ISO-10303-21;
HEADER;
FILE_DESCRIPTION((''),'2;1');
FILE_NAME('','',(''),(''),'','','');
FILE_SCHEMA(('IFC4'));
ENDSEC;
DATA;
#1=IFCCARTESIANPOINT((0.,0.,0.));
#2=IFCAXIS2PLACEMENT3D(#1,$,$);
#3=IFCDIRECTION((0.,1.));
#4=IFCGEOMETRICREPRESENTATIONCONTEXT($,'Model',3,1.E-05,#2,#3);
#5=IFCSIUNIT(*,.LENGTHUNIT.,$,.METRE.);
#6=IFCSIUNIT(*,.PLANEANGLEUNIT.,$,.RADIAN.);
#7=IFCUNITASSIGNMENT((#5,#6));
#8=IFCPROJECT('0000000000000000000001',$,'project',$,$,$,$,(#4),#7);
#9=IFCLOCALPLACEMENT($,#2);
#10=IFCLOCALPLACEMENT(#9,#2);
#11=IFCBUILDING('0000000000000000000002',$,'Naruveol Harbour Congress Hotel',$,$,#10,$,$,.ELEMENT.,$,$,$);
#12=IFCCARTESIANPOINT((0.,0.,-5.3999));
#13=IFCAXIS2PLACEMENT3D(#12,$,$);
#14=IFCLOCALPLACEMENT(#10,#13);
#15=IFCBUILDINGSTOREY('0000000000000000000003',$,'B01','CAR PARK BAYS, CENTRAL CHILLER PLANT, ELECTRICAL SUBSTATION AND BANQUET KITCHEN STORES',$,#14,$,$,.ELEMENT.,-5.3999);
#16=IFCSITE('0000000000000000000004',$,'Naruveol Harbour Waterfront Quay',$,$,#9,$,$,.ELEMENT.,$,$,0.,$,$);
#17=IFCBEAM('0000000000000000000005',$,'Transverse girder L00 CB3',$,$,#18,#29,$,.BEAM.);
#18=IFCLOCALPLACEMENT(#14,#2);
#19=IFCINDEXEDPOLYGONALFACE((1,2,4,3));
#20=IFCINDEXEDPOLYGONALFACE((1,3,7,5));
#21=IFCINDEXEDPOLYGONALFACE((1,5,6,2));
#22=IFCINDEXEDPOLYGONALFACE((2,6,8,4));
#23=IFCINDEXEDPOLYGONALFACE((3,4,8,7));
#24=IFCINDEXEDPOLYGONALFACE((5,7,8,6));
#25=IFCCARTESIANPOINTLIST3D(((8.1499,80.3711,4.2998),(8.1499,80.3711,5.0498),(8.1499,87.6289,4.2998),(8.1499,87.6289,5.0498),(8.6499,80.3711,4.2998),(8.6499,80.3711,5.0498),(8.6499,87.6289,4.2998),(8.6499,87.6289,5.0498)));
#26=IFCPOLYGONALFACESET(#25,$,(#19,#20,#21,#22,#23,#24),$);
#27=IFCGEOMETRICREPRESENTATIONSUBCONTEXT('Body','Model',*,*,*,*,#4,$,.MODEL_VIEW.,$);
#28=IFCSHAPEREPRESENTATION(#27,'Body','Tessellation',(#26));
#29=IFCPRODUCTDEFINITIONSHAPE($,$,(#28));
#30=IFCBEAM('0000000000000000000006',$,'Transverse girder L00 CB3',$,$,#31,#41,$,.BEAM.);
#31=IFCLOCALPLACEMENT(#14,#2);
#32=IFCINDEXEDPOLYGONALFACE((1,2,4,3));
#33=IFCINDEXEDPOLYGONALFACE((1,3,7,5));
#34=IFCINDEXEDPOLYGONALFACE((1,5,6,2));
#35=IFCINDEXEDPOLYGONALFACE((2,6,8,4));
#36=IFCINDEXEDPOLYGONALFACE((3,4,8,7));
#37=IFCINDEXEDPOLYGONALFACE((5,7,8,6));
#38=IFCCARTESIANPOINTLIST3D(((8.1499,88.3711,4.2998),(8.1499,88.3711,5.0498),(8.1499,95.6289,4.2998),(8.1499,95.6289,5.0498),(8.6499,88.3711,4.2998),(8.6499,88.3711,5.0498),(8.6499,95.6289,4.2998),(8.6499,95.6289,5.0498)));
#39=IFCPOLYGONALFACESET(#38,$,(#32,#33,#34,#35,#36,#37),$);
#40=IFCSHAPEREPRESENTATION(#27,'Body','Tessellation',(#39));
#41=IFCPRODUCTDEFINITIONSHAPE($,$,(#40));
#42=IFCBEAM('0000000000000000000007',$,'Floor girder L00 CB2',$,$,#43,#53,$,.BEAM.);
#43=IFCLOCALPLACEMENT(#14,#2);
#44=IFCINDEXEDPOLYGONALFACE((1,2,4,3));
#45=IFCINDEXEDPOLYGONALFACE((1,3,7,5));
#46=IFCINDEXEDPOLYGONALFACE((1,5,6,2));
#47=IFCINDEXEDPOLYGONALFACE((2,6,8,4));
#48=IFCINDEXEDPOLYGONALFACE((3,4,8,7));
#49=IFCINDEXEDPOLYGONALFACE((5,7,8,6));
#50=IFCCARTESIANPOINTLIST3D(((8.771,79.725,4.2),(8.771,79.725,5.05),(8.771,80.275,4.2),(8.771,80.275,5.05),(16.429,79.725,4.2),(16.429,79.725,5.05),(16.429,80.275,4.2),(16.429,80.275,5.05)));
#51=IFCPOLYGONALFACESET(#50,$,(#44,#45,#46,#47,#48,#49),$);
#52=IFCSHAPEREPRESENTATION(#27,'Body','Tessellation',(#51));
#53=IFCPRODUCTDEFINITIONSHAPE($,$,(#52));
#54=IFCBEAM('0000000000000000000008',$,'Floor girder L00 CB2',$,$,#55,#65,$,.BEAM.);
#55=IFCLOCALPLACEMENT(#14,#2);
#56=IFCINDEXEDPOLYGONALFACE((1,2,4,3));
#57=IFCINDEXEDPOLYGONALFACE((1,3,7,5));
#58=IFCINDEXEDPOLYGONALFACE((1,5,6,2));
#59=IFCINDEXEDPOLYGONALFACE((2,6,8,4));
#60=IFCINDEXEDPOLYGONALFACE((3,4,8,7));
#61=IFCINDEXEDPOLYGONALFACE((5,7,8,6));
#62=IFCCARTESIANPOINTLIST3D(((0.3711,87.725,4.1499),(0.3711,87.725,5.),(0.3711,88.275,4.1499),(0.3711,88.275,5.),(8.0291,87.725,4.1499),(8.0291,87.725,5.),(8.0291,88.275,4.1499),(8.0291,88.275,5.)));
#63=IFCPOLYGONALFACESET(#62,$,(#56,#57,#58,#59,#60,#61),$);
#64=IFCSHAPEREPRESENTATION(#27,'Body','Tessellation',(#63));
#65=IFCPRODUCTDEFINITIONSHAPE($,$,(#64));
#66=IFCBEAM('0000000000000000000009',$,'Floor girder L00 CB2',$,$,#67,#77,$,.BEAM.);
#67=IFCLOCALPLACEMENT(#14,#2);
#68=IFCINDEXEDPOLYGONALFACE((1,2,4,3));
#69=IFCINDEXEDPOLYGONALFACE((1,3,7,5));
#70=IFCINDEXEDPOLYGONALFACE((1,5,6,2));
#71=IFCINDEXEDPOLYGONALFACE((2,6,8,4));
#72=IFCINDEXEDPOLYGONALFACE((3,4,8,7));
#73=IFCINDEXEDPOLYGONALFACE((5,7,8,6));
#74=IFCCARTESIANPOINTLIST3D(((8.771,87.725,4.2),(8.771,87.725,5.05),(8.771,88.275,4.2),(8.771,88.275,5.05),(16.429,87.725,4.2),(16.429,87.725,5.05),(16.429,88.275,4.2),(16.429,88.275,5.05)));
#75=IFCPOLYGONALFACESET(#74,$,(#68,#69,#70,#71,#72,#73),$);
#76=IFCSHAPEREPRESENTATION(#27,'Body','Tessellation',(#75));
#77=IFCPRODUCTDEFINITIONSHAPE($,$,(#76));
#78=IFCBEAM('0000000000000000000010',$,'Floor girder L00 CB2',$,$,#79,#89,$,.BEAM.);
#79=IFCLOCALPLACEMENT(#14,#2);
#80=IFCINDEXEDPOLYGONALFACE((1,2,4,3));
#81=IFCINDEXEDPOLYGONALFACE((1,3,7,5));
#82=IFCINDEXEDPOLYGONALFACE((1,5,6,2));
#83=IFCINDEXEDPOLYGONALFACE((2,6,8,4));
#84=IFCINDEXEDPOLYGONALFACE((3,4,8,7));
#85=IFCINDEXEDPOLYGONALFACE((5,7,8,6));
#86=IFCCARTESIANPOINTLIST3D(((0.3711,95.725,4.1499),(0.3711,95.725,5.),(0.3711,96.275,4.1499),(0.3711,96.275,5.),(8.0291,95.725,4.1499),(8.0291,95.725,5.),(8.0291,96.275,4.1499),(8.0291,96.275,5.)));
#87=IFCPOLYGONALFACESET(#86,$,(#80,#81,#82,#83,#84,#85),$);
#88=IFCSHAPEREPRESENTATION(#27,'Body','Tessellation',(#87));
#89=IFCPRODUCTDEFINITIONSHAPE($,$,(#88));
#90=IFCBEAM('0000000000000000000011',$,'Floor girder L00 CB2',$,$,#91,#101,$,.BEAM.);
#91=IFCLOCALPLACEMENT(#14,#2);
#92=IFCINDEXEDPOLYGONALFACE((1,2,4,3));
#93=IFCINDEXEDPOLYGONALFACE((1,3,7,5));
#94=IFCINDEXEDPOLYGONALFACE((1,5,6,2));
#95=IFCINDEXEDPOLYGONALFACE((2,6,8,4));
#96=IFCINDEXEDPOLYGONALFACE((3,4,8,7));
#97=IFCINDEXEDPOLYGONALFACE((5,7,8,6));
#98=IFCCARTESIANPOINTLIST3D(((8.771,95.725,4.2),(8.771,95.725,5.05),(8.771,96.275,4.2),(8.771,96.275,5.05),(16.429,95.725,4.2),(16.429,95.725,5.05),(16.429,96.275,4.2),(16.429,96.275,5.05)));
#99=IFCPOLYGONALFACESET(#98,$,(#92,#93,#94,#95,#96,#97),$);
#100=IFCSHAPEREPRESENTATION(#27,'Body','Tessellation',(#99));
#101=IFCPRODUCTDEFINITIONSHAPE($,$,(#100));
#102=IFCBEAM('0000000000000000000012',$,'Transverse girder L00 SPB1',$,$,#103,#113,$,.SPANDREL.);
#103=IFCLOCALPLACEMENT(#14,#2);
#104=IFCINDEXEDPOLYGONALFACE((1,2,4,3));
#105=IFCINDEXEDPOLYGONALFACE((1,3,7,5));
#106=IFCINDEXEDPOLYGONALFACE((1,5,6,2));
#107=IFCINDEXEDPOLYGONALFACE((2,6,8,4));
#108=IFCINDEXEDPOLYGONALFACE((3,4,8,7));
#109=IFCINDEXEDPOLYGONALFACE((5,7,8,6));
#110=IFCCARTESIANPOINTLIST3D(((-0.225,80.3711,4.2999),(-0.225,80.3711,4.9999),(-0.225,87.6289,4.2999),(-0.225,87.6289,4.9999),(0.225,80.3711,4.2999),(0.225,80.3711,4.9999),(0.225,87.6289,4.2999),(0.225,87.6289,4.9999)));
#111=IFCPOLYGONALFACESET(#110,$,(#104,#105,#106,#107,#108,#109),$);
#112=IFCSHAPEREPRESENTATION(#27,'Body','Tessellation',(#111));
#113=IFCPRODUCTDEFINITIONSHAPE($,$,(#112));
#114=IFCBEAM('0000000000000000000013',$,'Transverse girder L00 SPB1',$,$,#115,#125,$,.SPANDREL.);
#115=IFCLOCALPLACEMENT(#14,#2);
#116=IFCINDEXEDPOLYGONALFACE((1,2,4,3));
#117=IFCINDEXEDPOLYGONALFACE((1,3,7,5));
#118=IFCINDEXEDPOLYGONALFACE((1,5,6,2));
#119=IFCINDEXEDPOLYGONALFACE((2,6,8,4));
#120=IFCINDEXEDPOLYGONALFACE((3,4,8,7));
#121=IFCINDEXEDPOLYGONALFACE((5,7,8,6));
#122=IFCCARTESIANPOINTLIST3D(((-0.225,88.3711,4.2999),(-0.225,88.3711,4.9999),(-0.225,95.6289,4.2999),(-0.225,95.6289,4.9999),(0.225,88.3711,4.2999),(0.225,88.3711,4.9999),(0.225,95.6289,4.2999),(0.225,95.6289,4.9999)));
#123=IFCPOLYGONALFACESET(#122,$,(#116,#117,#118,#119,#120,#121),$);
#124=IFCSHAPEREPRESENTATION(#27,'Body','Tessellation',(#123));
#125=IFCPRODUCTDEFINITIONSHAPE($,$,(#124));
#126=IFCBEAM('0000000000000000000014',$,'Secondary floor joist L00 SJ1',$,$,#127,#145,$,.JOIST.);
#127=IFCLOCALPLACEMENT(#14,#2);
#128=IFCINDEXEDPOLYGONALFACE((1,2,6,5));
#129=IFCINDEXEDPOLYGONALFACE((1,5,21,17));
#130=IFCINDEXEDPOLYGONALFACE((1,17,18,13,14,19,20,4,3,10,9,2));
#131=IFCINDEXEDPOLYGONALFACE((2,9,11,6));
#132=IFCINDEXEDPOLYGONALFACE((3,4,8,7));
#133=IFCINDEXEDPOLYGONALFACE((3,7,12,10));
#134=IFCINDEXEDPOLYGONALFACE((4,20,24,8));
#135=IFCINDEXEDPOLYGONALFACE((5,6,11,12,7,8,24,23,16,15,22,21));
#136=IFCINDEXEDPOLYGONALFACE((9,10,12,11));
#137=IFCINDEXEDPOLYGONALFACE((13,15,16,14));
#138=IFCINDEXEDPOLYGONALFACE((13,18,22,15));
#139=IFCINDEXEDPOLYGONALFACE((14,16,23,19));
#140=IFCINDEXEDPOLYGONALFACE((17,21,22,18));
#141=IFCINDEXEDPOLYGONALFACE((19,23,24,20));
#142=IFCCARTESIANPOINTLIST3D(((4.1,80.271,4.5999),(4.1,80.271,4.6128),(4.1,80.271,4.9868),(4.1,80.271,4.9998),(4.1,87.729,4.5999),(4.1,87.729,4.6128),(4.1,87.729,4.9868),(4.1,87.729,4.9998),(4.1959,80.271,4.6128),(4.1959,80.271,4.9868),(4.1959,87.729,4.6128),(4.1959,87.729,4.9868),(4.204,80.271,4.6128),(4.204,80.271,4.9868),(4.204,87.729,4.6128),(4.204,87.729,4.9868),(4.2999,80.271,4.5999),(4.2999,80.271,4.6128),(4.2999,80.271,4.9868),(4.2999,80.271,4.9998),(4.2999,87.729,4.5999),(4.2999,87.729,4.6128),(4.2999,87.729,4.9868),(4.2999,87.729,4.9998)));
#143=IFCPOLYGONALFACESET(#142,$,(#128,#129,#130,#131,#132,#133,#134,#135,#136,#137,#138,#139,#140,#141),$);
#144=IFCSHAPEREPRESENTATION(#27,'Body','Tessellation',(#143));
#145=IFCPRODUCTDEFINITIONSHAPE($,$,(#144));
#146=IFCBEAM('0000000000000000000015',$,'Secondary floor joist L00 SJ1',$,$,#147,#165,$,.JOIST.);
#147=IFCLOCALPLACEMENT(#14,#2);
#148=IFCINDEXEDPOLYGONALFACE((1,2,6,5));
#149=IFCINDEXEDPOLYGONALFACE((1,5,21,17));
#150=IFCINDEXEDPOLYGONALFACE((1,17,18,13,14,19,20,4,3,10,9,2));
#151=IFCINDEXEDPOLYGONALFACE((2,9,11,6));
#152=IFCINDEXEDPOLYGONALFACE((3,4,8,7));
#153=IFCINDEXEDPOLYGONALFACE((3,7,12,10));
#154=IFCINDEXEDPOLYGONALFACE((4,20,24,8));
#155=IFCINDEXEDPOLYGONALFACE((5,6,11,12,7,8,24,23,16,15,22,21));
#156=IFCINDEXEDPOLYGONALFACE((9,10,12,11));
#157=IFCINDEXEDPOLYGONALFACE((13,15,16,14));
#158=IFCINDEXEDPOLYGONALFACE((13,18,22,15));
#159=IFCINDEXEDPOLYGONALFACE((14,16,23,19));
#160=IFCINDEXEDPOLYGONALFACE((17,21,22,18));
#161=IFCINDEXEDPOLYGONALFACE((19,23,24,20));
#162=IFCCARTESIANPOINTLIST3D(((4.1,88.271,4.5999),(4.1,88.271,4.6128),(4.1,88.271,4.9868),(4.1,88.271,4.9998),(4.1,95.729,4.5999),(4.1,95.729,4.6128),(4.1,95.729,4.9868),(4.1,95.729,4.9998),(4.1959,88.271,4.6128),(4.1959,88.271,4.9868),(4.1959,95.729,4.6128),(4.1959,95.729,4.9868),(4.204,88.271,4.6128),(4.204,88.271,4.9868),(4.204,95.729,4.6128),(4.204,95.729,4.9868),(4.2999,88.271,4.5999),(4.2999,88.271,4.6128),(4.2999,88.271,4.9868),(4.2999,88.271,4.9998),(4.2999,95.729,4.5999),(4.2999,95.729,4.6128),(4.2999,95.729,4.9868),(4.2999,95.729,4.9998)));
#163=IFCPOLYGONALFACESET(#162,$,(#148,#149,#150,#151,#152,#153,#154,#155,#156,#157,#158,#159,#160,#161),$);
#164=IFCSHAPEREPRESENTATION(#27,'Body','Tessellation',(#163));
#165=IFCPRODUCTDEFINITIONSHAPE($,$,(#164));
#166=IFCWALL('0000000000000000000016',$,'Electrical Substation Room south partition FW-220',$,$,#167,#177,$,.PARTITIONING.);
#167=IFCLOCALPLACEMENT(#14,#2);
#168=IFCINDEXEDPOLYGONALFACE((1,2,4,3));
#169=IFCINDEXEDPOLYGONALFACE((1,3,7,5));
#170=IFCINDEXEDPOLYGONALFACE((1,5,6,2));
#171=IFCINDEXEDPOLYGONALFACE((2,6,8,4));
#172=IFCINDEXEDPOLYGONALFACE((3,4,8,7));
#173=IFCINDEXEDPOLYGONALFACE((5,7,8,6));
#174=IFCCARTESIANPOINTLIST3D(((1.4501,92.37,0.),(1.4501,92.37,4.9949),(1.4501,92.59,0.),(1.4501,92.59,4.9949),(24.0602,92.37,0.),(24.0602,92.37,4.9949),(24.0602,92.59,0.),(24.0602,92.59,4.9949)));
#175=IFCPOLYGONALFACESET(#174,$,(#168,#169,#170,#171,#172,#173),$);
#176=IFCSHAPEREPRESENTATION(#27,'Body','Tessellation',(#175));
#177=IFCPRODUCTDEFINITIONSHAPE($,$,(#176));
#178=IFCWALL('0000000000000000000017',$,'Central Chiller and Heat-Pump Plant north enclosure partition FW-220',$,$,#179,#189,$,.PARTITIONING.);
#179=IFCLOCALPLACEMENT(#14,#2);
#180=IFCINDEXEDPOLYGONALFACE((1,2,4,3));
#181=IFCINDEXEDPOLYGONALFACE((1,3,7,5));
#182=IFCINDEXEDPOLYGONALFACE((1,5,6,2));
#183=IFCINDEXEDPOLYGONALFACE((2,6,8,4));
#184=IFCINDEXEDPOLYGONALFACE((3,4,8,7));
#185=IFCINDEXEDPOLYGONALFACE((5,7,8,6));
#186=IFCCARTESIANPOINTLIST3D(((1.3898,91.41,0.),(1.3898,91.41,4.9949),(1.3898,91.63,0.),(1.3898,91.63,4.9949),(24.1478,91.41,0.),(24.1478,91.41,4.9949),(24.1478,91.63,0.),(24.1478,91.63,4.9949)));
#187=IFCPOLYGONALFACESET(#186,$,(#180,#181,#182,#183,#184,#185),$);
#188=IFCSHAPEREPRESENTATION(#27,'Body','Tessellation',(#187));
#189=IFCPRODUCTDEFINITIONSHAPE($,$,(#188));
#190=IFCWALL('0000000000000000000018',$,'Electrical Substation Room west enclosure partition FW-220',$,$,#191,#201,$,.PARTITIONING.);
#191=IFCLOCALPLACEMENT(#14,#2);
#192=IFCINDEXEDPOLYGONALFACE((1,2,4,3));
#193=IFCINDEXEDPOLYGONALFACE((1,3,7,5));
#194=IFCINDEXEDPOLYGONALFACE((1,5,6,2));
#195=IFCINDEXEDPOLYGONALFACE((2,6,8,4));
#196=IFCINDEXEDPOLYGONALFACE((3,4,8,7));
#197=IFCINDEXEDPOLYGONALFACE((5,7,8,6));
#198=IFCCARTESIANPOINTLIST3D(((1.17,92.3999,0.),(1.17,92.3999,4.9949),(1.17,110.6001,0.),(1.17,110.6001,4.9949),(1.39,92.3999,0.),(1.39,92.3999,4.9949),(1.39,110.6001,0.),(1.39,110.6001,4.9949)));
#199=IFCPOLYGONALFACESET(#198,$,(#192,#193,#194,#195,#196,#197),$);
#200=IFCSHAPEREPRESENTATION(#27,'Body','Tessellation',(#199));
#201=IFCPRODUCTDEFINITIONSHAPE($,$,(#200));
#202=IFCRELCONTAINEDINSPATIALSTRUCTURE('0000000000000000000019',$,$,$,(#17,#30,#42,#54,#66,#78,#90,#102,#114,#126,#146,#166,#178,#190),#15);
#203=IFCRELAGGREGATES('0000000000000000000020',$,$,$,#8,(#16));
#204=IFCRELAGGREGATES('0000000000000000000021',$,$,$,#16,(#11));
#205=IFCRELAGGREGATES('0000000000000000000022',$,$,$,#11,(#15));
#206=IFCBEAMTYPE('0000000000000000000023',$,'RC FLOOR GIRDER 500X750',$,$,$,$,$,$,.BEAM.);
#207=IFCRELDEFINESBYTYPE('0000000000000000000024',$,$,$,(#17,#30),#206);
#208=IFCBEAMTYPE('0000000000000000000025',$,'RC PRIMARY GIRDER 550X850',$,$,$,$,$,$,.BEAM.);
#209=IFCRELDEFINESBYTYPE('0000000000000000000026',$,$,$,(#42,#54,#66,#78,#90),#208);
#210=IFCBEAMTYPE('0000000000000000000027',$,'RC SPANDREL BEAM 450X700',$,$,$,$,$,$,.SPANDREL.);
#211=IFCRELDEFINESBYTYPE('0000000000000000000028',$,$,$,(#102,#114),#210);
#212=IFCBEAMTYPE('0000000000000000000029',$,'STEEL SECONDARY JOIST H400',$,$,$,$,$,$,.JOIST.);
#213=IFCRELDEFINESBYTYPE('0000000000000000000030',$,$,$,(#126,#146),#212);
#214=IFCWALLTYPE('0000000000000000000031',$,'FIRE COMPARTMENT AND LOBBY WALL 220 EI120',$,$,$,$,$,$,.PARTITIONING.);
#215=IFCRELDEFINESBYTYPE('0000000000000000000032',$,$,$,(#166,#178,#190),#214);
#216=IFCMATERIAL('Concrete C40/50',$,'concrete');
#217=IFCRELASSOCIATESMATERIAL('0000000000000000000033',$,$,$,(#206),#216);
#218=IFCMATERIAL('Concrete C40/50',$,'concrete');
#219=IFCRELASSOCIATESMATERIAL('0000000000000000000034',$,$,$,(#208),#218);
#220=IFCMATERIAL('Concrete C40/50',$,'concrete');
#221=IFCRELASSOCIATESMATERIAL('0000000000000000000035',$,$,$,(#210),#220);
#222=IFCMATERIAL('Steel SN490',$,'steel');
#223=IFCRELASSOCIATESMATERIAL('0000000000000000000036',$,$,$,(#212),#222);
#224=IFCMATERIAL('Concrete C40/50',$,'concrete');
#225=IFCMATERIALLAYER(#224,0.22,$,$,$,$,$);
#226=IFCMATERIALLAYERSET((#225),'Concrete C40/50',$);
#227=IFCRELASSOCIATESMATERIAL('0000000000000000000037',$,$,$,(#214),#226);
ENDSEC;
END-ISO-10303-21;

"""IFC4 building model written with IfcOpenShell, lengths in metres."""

from ifc_helpers import new_model, si_unit, direction, frame, frame_2d, origin, origin_2d, place, context, subcontext, project, spatial, rectangle, i_section, extrude, material, layer, layer_set, material_profile, profile_set, type_object, element, save


model = new_model("IFC4")

# Units and contexts
model_context = context("Model", 3, precision=1e-05, world=origin(), true_north=direction((0.0, 1.0)))
body_context = subcontext(model_context, "Body", "Model", "MODEL_VIEW")
ifc_project = project(units=[si_unit("LENGTHUNIT", "METRE"), si_unit("PLANEANGLEUNIT", "RADIAN")], contexts=[model_context])

# Site, building, storey
site_placement = place(None, origin())
site = spatial("IfcSite", under=ifc_project, at=site_placement, Name="Naruveol Harbour Waterfront Quay", CompositionType="ELEMENT", RefElevation=0.0)
building_placement = place(site_placement, origin())
building = spatial("IfcBuilding", under=site, at=building_placement, Name="Naruveol Harbour Congress Hotel", CompositionType="ELEMENT")
storey_placement = place(building_placement, frame((0.0, 0.0, -5.3999)))
storey = spatial("IfcBuildingStorey", under=building, at=storey_placement, Name="B01", Description="CAR PARK BAYS, CENTRAL CHILLER PLANT, ELECTRICAL SUBSTATION AND BANQUET KITCHEN STORES", CompositionType="ELEMENT", Elevation=-5.3999)

# Beams
ifc_material_1 = material(Name="Concrete C40/50", Category="concrete")
ifc_material_profile_1 = material_profile(ifc_material_1, rectangle(XDim=0.5, YDim=0.75, at=origin_2d()), Name="RCB-500x750")
ifc_profile_set_1 = profile_set([ifc_material_profile_1], Name="Concrete C40/50")
beam_type_1 = type_object("IfcBeamType", Name="RC FLOOR GIRDER 500X750", PredefinedType="BEAM", material=ifc_profile_set_1)
for number, where, z_axis, x_axis, name in (
    (1, (8.3999, 80.3711, 4.6748), (0.0, 1.0, 0.0), (-1.0, 0.0, 0.0), "Transverse girder L00 CB3"),
    (2, (8.3999, 88.3711, 4.6748), (0.0, 1.0, 0.0), (-1.0, 0.0, 0.0), "Transverse girder L00 CB3"),
):
    element("IfcBeam", number, at=place(storey_placement, frame(where, z_axis=z_axis, x_axis=x_axis)), inside=storey, type_object=beam_type_1, Name=name, PredefinedType="BEAM", context=body_context, shape_type="SweptSolid", body=[
        extrude(rectangle(XDim=0.5, YDim=0.75, at=origin_2d()), origin(), (0.0, 0.0, 1.0), 7.2578),
    ])
ifc_material_2 = material(Name="Concrete C40/50", Category="concrete")
ifc_material_profile_2 = material_profile(ifc_material_2, rectangle(XDim=0.55, YDim=0.8501, at=origin_2d()), Name="RCB-550x850")
ifc_profile_set_2 = profile_set([ifc_material_profile_2], Name="Concrete C40/50")
beam_type_2 = type_object("IfcBeamType", Name="RC PRIMARY GIRDER 550X850", PredefinedType="BEAM", material=ifc_profile_set_2)
for number, where, z_axis, x_axis, name in (
    (3, (8.771, 80.0, 4.625), (1.0, 0.0, 0.0), (0.0, 1.0, 0.0), "Floor girder L00 CB2"),
    (4, (0.3711, 88.0, 4.575), (1.0, 0.0, 0.0), (0.0, 1.0, 0.0), "Floor girder L00 CB2"),
    (5, (8.771, 88.0, 4.625), (1.0, 0.0, 0.0), (0.0, 1.0, 0.0), "Floor girder L00 CB2"),
    (6, (0.3711, 96.0, 4.575), (1.0, 0.0, 0.0), (0.0, 1.0, 0.0), "Floor girder L00 CB2"),
    (7, (8.771, 96.0, 4.625), (1.0, 0.0, 0.0), (0.0, 1.0, 0.0), "Floor girder L00 CB2"),
):
    element("IfcBeam", number, at=place(storey_placement, frame(where, z_axis=z_axis, x_axis=x_axis)), inside=storey, type_object=beam_type_2, Name=name, PredefinedType="BEAM", context=body_context, shape_type="SweptSolid", body=[
        extrude(rectangle(XDim=0.55, YDim=0.8501, at=origin_2d()), origin(), (0.0, 0.0, 1.0), 7.658),
    ])
ifc_material_3 = material(Name="Concrete C40/50", Category="concrete")
ifc_material_profile_3 = material_profile(ifc_material_3, rectangle(XDim=0.45, YDim=0.7, at=origin_2d()), Name="RCB-450x700")
ifc_profile_set_3 = profile_set([ifc_material_profile_3], Name="Concrete C40/50")
beam_type_3 = type_object("IfcBeamType", Name="RC SPANDREL BEAM 450X700", PredefinedType="SPANDREL", material=ifc_profile_set_3)
for number, where, z_axis, x_axis, name in (
    (8, (0.0, 80.3711, 4.6499), (0.0, 1.0, 0.0), (-1.0, 0.0, 0.0), "Transverse girder L00 SPB1"),
    (9, (0.0, 88.3711, 4.6499), (0.0, 1.0, 0.0), (-1.0, 0.0, 0.0), "Transverse girder L00 SPB1"),
):
    element("IfcBeam", number, at=place(storey_placement, frame(where, z_axis=z_axis, x_axis=x_axis)), inside=storey, type_object=beam_type_3, Name=name, PredefinedType="SPANDREL", context=body_context, shape_type="SweptSolid", body=[
        extrude(rectangle(XDim=0.45, YDim=0.7, at=origin_2d()), origin(), (0.0, 0.0, 1.0), 7.2578),
    ])
ifc_material_4 = material(Name="Steel SN490", Category="steel")
ifc_material_profile_4 = material_profile(ifc_material_4, i_section(OverallWidth=0.2, OverallDepth=0.3999, WebThickness=0.0081, FlangeThickness=0.0129, at=origin_2d()), Name="H-400x200x8x13")
ifc_profile_set_4 = profile_set([ifc_material_profile_4], Name="Steel SN490")
beam_type_4 = type_object("IfcBeamType", Name="STEEL SECONDARY JOIST H400", PredefinedType="JOIST", material=ifc_profile_set_4)
for number, where, z_axis, x_axis, name in (
    (10, (4.2, 80.271, 4.7998), (0.0, 1.0, 0.0), (-1.0, 0.0, 0.0), "Secondary floor joist L00 SJ1"),
    (11, (4.2, 88.271, 4.7998), (0.0, 1.0, 0.0), (-1.0, 0.0, 0.0), "Secondary floor joist L00 SJ1"),
):
    element("IfcBeam", number, at=place(storey_placement, frame(where, z_axis=z_axis, x_axis=x_axis)), inside=storey, type_object=beam_type_4, Name=name, PredefinedType="JOIST", context=body_context, shape_type="SweptSolid", body=[
        extrude(i_section(OverallWidth=0.2, OverallDepth=0.3999, WebThickness=0.0081, FlangeThickness=0.0129, at=origin_2d()), origin(), (0.0, 0.0, 1.0), 7.458),
    ])

# Walls
ifc_material_5 = material(Name="Concrete C40/50", Category="concrete")
ifc_layer_1 = layer(ifc_material_5, 0.22)
ifc_layer_set_1 = layer_set([ifc_layer_1], Name="Concrete C40/50")
wall_type_1 = type_object("IfcWallType", Name="FIRE COMPARTMENT AND LOBBY WALL 220 EI120", PredefinedType="PARTITIONING", material=ifc_layer_set_1)
wall_1_placement = place(storey_placement, frame((1.45, 92.48, 0.0), z_axis=(0.0, 0.0, 1.0), x_axis=(1.0, 0.0, 0.0)))
element("IfcWall", 12, at=wall_1_placement, inside=storey, type_object=wall_type_1, Name="Electrical Substation Room south partition FW-220", PredefinedType="PARTITIONING", context=body_context, shape_type="SweptSolid", body=[
    extrude(rectangle(XDim=22.6101, YDim=0.22, at=frame_2d((11.3052, 0.0))), origin(), (0.0, 0.0, 1.0), 4.9949),
])
wall_2_placement = place(storey_placement, frame((1.3899, 91.52, 0.0), z_axis=(0.0, 0.0, 1.0), x_axis=(1.0, 0.0, 0.0)))
element("IfcWall", 13, at=wall_2_placement, inside=storey, type_object=wall_type_1, Name="Central Chiller and Heat-Pump Plant north enclosure partition FW-220", PredefinedType="PARTITIONING", context=body_context, shape_type="SweptSolid", body=[
    extrude(rectangle(XDim=22.7581, YDim=0.22, at=frame_2d((11.3789, 0.0))), origin(), (0.0, 0.0, 1.0), 4.9949),
])
wall_3_placement = place(storey_placement, frame((1.28, 92.3999, 0.0), z_axis=(0.0, 0.0, 1.0), x_axis=(0.0, 1.0, 0.0)))
element("IfcWall", 14, at=wall_3_placement, inside=storey, type_object=wall_type_1, Name="Electrical Substation Room west enclosure partition FW-220", PredefinedType="PARTITIONING", context=body_context, shape_type="SweptSolid", body=[
    extrude(rectangle(XDim=18.2002, YDim=0.22, at=frame_2d((9.1001, 0.0))), origin(), (0.0, 0.0, 1.0), 4.9949),
])

save(model, "model.ifc")
